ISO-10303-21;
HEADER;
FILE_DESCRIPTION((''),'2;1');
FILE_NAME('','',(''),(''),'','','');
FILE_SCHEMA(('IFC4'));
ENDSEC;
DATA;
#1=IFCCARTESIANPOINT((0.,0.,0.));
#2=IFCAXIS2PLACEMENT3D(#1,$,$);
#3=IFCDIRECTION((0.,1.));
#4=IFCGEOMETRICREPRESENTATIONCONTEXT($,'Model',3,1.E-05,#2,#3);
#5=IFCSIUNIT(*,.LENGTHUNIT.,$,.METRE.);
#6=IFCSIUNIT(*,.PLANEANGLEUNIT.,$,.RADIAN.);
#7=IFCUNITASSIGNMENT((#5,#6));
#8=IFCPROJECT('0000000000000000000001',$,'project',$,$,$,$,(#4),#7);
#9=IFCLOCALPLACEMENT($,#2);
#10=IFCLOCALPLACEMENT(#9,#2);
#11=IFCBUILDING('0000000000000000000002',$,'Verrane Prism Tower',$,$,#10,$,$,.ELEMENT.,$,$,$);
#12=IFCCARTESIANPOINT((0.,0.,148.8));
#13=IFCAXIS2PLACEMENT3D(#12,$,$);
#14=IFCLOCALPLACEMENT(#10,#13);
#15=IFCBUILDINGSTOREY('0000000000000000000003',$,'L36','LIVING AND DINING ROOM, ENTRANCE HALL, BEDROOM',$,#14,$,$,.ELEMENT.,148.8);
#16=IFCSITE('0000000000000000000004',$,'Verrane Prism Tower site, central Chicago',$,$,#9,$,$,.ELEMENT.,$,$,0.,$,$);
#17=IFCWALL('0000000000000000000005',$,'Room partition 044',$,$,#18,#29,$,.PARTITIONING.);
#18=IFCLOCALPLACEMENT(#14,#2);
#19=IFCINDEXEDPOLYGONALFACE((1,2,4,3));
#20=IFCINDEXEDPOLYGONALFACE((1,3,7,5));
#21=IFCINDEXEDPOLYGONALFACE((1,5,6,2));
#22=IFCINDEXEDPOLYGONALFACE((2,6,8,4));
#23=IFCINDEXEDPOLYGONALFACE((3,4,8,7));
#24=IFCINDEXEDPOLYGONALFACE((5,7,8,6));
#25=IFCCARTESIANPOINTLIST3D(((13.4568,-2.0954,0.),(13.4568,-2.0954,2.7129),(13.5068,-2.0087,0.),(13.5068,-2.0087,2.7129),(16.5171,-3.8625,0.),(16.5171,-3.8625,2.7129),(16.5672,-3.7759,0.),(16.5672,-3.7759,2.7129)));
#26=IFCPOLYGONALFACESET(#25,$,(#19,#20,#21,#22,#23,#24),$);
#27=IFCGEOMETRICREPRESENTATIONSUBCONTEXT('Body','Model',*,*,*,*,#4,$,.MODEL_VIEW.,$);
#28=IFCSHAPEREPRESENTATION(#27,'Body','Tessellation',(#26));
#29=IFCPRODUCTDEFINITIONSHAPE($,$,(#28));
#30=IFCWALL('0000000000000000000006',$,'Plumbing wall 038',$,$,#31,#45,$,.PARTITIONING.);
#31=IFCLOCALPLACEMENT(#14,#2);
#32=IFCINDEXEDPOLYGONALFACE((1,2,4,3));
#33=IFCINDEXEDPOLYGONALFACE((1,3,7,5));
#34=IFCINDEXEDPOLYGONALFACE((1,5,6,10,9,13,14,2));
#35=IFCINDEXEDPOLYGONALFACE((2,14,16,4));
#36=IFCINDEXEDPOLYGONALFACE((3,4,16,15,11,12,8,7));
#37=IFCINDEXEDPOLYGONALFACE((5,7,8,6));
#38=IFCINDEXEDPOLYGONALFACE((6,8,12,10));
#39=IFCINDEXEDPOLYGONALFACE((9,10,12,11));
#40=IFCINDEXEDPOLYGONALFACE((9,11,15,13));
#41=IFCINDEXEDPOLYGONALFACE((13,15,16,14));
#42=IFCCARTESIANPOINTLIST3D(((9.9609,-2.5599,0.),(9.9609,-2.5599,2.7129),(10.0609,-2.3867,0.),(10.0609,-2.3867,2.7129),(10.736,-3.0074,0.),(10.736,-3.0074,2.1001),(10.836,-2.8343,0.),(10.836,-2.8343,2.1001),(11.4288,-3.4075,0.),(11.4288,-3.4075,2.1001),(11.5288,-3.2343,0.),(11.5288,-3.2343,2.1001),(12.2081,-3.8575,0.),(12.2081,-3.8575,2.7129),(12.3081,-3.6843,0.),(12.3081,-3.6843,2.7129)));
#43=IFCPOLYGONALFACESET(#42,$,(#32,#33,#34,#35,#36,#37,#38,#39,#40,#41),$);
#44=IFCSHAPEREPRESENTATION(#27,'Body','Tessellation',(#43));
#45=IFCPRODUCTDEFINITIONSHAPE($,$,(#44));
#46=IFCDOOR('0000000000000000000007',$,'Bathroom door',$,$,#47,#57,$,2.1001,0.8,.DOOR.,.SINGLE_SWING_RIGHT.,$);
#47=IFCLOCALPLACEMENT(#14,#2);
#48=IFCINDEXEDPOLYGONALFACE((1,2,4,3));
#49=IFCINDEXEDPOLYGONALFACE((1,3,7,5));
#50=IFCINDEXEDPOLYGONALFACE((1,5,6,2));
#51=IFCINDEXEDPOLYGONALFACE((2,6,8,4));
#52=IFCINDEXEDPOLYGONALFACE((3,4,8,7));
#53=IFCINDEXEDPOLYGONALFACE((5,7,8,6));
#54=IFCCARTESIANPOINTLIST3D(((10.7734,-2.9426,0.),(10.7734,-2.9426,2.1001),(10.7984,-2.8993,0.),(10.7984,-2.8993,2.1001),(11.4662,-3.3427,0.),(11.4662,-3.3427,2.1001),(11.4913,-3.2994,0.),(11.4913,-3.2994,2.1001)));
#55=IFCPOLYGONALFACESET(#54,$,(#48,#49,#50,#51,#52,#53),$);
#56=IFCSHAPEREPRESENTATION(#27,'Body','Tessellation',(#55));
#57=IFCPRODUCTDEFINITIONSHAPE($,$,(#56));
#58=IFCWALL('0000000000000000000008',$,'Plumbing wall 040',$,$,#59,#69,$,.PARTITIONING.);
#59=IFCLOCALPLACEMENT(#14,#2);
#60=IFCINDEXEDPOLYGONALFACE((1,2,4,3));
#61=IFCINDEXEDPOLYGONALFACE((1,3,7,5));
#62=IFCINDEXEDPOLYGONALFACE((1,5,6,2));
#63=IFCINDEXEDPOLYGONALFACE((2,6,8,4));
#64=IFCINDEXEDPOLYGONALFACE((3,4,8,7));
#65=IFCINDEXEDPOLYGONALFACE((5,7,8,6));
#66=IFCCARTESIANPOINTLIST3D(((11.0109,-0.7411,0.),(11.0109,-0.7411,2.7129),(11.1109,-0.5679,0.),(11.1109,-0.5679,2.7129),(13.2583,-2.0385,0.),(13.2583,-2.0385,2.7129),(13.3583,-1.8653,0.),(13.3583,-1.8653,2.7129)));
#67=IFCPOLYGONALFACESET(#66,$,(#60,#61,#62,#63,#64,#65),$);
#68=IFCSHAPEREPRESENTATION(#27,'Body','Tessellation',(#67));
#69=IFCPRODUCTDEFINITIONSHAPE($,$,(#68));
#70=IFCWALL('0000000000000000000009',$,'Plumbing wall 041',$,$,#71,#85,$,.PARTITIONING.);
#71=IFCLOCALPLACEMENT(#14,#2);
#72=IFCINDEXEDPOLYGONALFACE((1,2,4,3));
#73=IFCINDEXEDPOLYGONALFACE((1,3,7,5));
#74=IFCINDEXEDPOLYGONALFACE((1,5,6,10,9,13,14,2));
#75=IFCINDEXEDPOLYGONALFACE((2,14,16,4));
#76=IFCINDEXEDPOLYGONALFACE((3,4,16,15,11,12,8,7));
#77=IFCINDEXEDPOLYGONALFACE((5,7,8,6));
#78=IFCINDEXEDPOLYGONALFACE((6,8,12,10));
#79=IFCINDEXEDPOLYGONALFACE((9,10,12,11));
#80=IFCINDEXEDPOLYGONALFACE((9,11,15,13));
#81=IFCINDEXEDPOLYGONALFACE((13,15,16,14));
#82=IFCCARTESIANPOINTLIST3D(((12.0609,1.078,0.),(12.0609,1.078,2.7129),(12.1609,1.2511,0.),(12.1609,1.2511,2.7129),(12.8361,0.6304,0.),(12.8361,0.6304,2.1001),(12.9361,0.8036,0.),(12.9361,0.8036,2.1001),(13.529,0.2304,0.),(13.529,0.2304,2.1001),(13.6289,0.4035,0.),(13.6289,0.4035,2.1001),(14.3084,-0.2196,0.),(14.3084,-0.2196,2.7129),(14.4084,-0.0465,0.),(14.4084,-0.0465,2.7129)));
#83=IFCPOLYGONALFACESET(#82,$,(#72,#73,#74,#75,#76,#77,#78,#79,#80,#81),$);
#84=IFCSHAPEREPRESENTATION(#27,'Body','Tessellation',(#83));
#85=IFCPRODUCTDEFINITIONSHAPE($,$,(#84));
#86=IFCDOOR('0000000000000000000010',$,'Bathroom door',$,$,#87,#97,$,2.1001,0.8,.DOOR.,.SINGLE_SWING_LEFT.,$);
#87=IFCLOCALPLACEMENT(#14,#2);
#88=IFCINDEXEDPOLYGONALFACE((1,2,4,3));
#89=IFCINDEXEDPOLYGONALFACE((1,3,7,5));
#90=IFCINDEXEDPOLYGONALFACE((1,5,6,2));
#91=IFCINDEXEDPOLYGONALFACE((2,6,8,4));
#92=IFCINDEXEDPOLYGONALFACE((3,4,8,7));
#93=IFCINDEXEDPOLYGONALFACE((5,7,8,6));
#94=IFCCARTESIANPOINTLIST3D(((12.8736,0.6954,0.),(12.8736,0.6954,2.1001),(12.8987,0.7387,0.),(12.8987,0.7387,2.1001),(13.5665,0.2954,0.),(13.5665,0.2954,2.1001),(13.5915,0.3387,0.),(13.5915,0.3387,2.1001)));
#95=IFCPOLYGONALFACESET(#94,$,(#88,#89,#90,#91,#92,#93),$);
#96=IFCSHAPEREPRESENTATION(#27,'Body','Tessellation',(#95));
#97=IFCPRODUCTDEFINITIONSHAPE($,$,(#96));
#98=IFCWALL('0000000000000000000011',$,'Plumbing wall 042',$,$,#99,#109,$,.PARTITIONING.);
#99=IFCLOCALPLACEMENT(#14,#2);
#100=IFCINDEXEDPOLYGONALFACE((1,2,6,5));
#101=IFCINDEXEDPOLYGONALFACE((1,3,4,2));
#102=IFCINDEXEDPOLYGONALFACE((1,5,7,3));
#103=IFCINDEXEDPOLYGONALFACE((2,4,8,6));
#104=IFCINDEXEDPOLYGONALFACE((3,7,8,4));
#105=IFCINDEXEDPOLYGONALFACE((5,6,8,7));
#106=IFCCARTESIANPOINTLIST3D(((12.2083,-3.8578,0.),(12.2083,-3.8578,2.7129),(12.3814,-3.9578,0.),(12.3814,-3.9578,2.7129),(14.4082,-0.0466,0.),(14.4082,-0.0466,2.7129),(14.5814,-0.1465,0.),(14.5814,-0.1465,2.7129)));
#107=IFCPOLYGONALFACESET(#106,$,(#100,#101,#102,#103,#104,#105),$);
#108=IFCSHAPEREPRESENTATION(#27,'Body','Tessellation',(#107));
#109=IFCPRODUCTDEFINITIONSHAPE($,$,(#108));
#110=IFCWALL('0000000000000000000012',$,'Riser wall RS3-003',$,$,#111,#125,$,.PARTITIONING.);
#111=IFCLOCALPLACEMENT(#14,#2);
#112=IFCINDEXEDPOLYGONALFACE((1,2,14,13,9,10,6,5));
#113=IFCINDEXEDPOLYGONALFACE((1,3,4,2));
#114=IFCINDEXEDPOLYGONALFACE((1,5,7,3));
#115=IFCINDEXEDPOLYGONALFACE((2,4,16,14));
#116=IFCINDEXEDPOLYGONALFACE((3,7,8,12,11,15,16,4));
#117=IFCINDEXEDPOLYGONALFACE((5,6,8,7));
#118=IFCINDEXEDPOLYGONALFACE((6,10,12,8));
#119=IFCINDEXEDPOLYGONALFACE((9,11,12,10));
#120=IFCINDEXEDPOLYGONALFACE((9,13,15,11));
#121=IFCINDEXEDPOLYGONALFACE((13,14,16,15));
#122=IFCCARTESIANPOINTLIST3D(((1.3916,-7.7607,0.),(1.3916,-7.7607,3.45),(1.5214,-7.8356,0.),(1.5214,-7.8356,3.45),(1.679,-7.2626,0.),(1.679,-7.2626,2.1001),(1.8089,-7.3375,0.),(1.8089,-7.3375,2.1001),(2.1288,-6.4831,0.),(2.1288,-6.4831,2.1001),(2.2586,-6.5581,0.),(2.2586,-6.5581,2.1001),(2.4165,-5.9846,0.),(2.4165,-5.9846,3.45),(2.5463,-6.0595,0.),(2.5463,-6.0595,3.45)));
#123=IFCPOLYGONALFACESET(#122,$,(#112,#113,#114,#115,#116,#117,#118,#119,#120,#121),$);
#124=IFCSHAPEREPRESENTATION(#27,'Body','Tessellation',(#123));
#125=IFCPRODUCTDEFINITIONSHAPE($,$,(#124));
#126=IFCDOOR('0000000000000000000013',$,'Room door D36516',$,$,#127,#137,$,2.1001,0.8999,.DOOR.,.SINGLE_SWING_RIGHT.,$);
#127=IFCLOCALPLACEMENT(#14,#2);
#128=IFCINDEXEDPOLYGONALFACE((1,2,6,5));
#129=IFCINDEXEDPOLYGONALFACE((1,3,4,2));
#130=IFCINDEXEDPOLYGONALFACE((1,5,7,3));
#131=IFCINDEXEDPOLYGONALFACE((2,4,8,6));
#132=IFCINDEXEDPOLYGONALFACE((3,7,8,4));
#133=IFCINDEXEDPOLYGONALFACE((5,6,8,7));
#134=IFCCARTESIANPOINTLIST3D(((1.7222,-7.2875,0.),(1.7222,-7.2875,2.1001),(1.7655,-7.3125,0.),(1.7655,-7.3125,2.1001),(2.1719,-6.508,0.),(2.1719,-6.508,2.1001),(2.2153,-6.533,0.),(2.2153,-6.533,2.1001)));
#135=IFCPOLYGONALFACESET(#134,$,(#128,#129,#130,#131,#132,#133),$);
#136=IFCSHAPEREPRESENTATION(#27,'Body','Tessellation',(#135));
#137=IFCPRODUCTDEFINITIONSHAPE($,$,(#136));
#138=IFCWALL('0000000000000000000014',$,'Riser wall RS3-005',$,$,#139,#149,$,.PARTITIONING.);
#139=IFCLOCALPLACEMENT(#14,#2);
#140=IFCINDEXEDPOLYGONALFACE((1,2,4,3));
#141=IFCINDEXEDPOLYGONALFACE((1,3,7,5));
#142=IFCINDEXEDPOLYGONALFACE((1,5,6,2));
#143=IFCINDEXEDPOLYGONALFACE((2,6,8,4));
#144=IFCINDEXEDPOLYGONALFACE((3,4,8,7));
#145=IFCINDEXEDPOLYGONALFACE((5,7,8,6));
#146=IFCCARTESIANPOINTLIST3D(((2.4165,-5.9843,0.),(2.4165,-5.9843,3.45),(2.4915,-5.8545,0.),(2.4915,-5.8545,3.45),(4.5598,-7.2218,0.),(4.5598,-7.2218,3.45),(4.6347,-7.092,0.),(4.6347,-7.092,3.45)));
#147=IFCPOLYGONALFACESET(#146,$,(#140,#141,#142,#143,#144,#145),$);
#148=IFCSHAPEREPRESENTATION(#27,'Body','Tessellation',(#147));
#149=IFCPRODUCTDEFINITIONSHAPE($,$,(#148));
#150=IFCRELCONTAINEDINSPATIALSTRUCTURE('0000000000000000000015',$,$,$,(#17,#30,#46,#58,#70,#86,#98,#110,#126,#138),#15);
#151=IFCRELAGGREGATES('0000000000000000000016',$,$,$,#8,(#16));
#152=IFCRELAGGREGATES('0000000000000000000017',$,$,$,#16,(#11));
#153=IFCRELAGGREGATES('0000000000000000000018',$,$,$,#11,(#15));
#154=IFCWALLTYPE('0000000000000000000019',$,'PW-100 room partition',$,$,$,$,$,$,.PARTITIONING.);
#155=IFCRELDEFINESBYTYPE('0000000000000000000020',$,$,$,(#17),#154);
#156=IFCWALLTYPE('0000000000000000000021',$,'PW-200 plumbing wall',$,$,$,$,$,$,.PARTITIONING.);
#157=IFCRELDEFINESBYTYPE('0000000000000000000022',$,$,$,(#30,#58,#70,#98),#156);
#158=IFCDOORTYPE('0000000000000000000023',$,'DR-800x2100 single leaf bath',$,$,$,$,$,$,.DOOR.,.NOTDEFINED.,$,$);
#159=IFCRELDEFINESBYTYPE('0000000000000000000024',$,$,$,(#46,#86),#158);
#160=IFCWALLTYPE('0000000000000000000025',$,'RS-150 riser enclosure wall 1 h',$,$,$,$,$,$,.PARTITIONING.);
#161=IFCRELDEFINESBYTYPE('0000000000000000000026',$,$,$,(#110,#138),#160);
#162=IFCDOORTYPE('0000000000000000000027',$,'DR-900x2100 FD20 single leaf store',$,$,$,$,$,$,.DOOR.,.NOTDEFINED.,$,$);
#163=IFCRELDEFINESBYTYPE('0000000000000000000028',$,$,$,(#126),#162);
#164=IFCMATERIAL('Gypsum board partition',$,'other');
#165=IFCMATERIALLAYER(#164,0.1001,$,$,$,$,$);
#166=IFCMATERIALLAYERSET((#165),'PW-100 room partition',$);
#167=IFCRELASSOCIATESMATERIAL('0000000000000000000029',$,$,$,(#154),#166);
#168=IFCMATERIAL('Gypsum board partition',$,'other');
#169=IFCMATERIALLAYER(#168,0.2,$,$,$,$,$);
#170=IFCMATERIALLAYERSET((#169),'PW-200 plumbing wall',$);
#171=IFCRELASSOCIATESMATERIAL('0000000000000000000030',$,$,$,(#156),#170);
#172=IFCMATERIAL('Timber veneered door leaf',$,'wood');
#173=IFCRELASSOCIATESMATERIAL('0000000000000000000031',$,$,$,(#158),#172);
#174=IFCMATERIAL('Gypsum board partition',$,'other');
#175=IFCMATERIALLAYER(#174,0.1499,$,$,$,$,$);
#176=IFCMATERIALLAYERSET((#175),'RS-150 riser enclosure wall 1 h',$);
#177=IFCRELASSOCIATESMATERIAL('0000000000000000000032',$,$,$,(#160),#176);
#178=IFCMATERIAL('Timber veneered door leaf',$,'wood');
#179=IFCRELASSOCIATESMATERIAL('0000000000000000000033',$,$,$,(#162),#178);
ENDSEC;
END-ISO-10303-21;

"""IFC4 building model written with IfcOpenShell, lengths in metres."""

from ifc_helpers import new_model, si_unit, direction, frame, frame_2d, origin, place, context, subcontext, project, spatial, rectangle, extrude, material, layer, layer_set, type_object, element, fill, save


model = new_model("IFC4")

# Units and contexts
model_context = context("Model", 3, precision=1e-05, world=origin(), true_north=direction((0.0, 1.0)))
body_context = subcontext(model_context, "Body", "Model", "MODEL_VIEW")
ifc_project = project(units=[si_unit("LENGTHUNIT", "METRE"), si_unit("PLANEANGLEUNIT", "RADIAN")], contexts=[model_context])

# Site, building, storey
site_placement = place(None, origin())
site = spatial("IfcSite", under=ifc_project, at=site_placement, Name="Verrane Prism Tower site, central Chicago", CompositionType="ELEMENT", RefElevation=0.0)
building_placement = place(site_placement, origin())
building = spatial("IfcBuilding", under=site, at=building_placement, Name="Verrane Prism Tower", CompositionType="ELEMENT")
storey_placement = place(building_placement, frame((0.0, 0.0, 148.8)))
storey = spatial("IfcBuildingStorey", under=building, at=storey_placement, Name="L36", Description="LIVING AND DINING ROOM, ENTRANCE HALL, BEDROOM", CompositionType="ELEMENT", Elevation=148.8)

# Wall
ifc_material_1 = material(Name="Gypsum board partition", Category="other")
ifc_layer_1 = layer(ifc_material_1, 0.1001)
ifc_layer_set_1 = layer_set([ifc_layer_1], Name="PW-100 room partition")
wall_type_1 = type_object("IfcWallType", Name="PW-100 room partition", PredefinedType="PARTITIONING", material=ifc_layer_set_1)
wall_1_placement = place(storey_placement, frame((13.4817, -2.052, 0.0), z_axis=(0.0, 0.0, 1.0), x_axis=(0.865998, -0.500047, 0.0)))
element("IfcWall", 1, at=wall_1_placement, inside=storey, type_object=wall_type_1, Name="Room partition 044", PredefinedType="PARTITIONING", context=body_context, shape_type="SweptSolid", body=[
    extrude(rectangle(XDim=3.5339, YDim=0.1001, at=frame_2d((1.7671, 0.0))), origin(), (0.0, 0.0, 1.0), 2.7129),
])

# Wall, opening, door
ifc_material_2 = material(Name="Gypsum board partition", Category="other")
ifc_layer_2 = layer(ifc_material_2, 0.2)
ifc_layer_set_2 = layer_set([ifc_layer_2], Name="PW-200 plumbing wall")
wall_type_2 = type_object("IfcWallType", Name="PW-200 plumbing wall", PredefinedType="PARTITIONING", material=ifc_layer_set_2)
wall_2_placement = place(storey_placement, frame((10.011, -2.4734, 0.0), z_axis=(0.0, 0.0, 1.0), x_axis=(0.866005, -0.500035, 0.0)))
wall_2 = element("IfcWall", 2, at=wall_2_placement, inside=storey, type_object=wall_type_2, Name="Plumbing wall 038", PredefinedType="PARTITIONING", context=body_context, shape_type="SweptSolid", body=[
    extrude(rectangle(XDim=2.595, YDim=0.2, at=frame_2d((1.2974, 0.0))), origin(), (0.0, 0.0, 1.0), 2.7129),
])
opening_1_placement = place(wall_2_placement, frame((0.895, 0.0, 0.0)))
opening_1 = element("IfcOpeningElement", 3, at=opening_1_placement, cuts=wall_2, PredefinedType="OPENING", context=body_context, shape_type="SweptSolid", body=[
    extrude(rectangle(XDim=0.8, YDim=2.1001, at=frame_2d((0.3999, 1.05))), frame((0.0, 0.1099, 0.0), z_axis=(0.0, -1.0, 0.0), x_axis=(1.0, 0.0, 0.0)), (0.0, 0.0, 1.0), 0.22),
])
ifc_material_3 = material(Name="Timber veneered door leaf", Category="wood")
door_type_1 = type_object("IfcDoorType", Name="DR-800x2100 single leaf bath", OperationType="NOTDEFINED", PredefinedType="DOOR", material=ifc_material_3)
door_1_placement = place(opening_1_placement, origin())
door_1 = element("IfcDoor", 4, at=door_1_placement, inside=storey, type_object=door_type_1, Name="Bathroom door", OperationType="SINGLE_SWING_RIGHT", OverallHeight=2.1001, OverallWidth=0.8, PredefinedType="DOOR", context=body_context, shape_type="SweptSolid", body=[
    extrude(rectangle(XDim=0.8, YDim=2.1001, at=frame_2d((0.3999, 1.05))), frame((0.0, 0.0249, 0.0), z_axis=(0.0, -1.0, 0.0), x_axis=(1.0, 0.0, 0.0)), (0.0, 0.0, 1.0), 0.05),
])
fill(opening_1, door_1)

# Wall
wall_3_placement = place(storey_placement, frame((11.061, -0.6545, 0.0), z_axis=(0.0, 0.0, 1.0), x_axis=(0.866046, -0.499964, 0.0)))
element("IfcWall", 5, at=wall_3_placement, inside=storey, type_object=wall_type_2, Name="Plumbing wall 040", PredefinedType="PARTITIONING", context=body_context, shape_type="SweptSolid", body=[
    extrude(rectangle(XDim=2.595, YDim=0.2, at=frame_2d((1.2974, 0.0))), origin(), (0.0, 0.0, 1.0), 2.7129),
])

# Wall, opening, door
wall_4_placement = place(storey_placement, frame((14.3584, -0.1331, 0.0), z_axis=(0.0, 0.0, 1.0), x_axis=(-0.866029, 0.499994, 0.0)))
wall_4 = element("IfcWall", 6, at=wall_4_placement, inside=storey, type_object=wall_type_2, Name="Plumbing wall 041", PredefinedType="PARTITIONING", context=body_context, shape_type="SweptSolid", body=[
    extrude(rectangle(XDim=2.5952, YDim=0.2, at=frame_2d((1.2976, 0.0))), origin(), (0.0, 0.0, 1.0), 2.7129),
])
opening_2_placement = place(wall_4_placement, frame((0.9001, 0.0, 0.0)))
opening_2 = element("IfcOpeningElement", 7, at=opening_2_placement, cuts=wall_4, PredefinedType="OPENING", context=body_context, shape_type="SweptSolid", body=[
    extrude(rectangle(XDim=0.8, YDim=2.1001, at=frame_2d((0.3999, 1.05))), frame((0.0, 0.1099, 0.0), z_axis=(0.0, -1.0, 0.0), x_axis=(1.0, 0.0, 0.0)), (0.0, 0.0, 1.0), 0.22),
])
door_2_placement = place(opening_2_placement, origin())
door_2 = element("IfcDoor", 8, at=door_2_placement, inside=storey, type_object=door_type_1, Name="Bathroom door", OperationType="SINGLE_SWING_LEFT", OverallHeight=2.1001, OverallWidth=0.8, PredefinedType="DOOR", context=body_context, shape_type="SweptSolid", body=[
    extrude(rectangle(XDim=0.8, YDim=2.1001, at=frame_2d((0.3999, 1.05))), frame((0.0, 0.0249, 0.0), z_axis=(0.0, -1.0, 0.0), x_axis=(1.0, 0.0, 0.0)), (0.0, 0.0, 1.0), 0.05),
])
fill(opening_2, door_2)

# Wall
wall_5_placement = place(storey_placement, frame((12.2949, -3.9077, 0.0), z_axis=(0.0, 0.0, 1.0), x_axis=(0.499916, 0.866074, 0.0)))
element("IfcWall", 9, at=wall_5_placement, inside=storey, type_object=wall_type_2, Name="Plumbing wall 042", PredefinedType="PARTITIONING", context=body_context, shape_type="SweptSolid", body=[
    extrude(rectangle(XDim=4.4006, YDim=0.2, at=frame_2d((2.2002, 0.0))), origin(), (0.0, 0.0, 1.0), 2.7129),
])

# Wall, opening, door
ifc_material_4 = material(Name="Gypsum board partition", Category="other")
ifc_layer_3 = layer(ifc_material_4, 0.1499)
ifc_layer_set_3 = layer_set([ifc_layer_3], Name="RS-150 riser enclosure wall 1 h")
wall_type_3 = type_object("IfcWallType", Name="RS-150 riser enclosure wall 1 h", PredefinedType="PARTITIONING", material=ifc_layer_set_3)
wall_6_placement = place(storey_placement, frame((2.4814, -6.022, 0.0), z_axis=(0.0, 0.0, 1.0), x_axis=(-0.499801, -0.86614, 0.0)))
wall_6 = element("IfcWall", 10, at=wall_6_placement, inside=storey, type_object=wall_type_3, Name="Riser wall RS3-003", PredefinedType="PARTITIONING", context=body_context, shape_type="SweptSolid", body=[
    extrude(rectangle(XDim=2.0505, YDim=0.1499, at=frame_2d((1.0254, 0.0))), origin(), (0.0, 0.0, 1.0), 3.45),
])
opening_3_placement = place(wall_6_placement, frame((0.5757, 0.0, 0.0)))
opening_3 = element("IfcOpeningElement", 11, at=opening_3_placement, cuts=wall_6, PredefinedType="OPENING", context=body_context, shape_type="SweptSolid", body=[
    extrude(rectangle(XDim=0.8999, YDim=2.1001, at=frame_2d((0.45, 1.05))), frame((0.0, 0.085, 0.0), z_axis=(0.0, -1.0, 0.0), x_axis=(1.0, 0.0, 0.0)), (0.0, 0.0, 1.0), 0.1699),
])
ifc_material_5 = material(Name="Timber veneered door leaf", Category="wood")
door_type_2 = type_object("IfcDoorType", Name="DR-900x2100 FD20 single leaf store", OperationType="NOTDEFINED", PredefinedType="DOOR", material=ifc_material_5)
door_3_placement = place(opening_3_placement, origin())
door_3 = element("IfcDoor", 12, at=door_3_placement, inside=storey, type_object=door_type_2, Name="Room door D36516", OperationType="SINGLE_SWING_RIGHT", OverallHeight=2.1001, OverallWidth=0.8999, PredefinedType="DOOR", context=body_context, shape_type="SweptSolid", body=[
    extrude(rectangle(XDim=0.8999, YDim=2.1001, at=frame_2d((0.45, 1.05))), frame((0.0, 0.0249, 0.0), z_axis=(0.0, -1.0, 0.0), x_axis=(1.0, 0.0, 0.0)), (0.0, 0.0, 1.0), 0.05),
])
fill(opening_3, door_3)

# Wall
wall_7_placement = place(storey_placement, frame((2.4541, -5.9194, 0.0), z_axis=(0.0, 0.0, 1.0), x_axis=(0.866007, -0.500033, 0.0)))
element("IfcWall", 13, at=wall_7_placement, inside=storey, type_object=wall_type_3, Name="Riser wall RS3-005", PredefinedType="PARTITIONING", context=body_context, shape_type="SweptSolid", body=[
    extrude(rectangle(XDim=2.4749, YDim=0.1499, at=frame_2d((1.2373, 0.0))), origin(), (0.0, 0.0, 1.0), 3.45),
])

save(model, "model.ifc")
